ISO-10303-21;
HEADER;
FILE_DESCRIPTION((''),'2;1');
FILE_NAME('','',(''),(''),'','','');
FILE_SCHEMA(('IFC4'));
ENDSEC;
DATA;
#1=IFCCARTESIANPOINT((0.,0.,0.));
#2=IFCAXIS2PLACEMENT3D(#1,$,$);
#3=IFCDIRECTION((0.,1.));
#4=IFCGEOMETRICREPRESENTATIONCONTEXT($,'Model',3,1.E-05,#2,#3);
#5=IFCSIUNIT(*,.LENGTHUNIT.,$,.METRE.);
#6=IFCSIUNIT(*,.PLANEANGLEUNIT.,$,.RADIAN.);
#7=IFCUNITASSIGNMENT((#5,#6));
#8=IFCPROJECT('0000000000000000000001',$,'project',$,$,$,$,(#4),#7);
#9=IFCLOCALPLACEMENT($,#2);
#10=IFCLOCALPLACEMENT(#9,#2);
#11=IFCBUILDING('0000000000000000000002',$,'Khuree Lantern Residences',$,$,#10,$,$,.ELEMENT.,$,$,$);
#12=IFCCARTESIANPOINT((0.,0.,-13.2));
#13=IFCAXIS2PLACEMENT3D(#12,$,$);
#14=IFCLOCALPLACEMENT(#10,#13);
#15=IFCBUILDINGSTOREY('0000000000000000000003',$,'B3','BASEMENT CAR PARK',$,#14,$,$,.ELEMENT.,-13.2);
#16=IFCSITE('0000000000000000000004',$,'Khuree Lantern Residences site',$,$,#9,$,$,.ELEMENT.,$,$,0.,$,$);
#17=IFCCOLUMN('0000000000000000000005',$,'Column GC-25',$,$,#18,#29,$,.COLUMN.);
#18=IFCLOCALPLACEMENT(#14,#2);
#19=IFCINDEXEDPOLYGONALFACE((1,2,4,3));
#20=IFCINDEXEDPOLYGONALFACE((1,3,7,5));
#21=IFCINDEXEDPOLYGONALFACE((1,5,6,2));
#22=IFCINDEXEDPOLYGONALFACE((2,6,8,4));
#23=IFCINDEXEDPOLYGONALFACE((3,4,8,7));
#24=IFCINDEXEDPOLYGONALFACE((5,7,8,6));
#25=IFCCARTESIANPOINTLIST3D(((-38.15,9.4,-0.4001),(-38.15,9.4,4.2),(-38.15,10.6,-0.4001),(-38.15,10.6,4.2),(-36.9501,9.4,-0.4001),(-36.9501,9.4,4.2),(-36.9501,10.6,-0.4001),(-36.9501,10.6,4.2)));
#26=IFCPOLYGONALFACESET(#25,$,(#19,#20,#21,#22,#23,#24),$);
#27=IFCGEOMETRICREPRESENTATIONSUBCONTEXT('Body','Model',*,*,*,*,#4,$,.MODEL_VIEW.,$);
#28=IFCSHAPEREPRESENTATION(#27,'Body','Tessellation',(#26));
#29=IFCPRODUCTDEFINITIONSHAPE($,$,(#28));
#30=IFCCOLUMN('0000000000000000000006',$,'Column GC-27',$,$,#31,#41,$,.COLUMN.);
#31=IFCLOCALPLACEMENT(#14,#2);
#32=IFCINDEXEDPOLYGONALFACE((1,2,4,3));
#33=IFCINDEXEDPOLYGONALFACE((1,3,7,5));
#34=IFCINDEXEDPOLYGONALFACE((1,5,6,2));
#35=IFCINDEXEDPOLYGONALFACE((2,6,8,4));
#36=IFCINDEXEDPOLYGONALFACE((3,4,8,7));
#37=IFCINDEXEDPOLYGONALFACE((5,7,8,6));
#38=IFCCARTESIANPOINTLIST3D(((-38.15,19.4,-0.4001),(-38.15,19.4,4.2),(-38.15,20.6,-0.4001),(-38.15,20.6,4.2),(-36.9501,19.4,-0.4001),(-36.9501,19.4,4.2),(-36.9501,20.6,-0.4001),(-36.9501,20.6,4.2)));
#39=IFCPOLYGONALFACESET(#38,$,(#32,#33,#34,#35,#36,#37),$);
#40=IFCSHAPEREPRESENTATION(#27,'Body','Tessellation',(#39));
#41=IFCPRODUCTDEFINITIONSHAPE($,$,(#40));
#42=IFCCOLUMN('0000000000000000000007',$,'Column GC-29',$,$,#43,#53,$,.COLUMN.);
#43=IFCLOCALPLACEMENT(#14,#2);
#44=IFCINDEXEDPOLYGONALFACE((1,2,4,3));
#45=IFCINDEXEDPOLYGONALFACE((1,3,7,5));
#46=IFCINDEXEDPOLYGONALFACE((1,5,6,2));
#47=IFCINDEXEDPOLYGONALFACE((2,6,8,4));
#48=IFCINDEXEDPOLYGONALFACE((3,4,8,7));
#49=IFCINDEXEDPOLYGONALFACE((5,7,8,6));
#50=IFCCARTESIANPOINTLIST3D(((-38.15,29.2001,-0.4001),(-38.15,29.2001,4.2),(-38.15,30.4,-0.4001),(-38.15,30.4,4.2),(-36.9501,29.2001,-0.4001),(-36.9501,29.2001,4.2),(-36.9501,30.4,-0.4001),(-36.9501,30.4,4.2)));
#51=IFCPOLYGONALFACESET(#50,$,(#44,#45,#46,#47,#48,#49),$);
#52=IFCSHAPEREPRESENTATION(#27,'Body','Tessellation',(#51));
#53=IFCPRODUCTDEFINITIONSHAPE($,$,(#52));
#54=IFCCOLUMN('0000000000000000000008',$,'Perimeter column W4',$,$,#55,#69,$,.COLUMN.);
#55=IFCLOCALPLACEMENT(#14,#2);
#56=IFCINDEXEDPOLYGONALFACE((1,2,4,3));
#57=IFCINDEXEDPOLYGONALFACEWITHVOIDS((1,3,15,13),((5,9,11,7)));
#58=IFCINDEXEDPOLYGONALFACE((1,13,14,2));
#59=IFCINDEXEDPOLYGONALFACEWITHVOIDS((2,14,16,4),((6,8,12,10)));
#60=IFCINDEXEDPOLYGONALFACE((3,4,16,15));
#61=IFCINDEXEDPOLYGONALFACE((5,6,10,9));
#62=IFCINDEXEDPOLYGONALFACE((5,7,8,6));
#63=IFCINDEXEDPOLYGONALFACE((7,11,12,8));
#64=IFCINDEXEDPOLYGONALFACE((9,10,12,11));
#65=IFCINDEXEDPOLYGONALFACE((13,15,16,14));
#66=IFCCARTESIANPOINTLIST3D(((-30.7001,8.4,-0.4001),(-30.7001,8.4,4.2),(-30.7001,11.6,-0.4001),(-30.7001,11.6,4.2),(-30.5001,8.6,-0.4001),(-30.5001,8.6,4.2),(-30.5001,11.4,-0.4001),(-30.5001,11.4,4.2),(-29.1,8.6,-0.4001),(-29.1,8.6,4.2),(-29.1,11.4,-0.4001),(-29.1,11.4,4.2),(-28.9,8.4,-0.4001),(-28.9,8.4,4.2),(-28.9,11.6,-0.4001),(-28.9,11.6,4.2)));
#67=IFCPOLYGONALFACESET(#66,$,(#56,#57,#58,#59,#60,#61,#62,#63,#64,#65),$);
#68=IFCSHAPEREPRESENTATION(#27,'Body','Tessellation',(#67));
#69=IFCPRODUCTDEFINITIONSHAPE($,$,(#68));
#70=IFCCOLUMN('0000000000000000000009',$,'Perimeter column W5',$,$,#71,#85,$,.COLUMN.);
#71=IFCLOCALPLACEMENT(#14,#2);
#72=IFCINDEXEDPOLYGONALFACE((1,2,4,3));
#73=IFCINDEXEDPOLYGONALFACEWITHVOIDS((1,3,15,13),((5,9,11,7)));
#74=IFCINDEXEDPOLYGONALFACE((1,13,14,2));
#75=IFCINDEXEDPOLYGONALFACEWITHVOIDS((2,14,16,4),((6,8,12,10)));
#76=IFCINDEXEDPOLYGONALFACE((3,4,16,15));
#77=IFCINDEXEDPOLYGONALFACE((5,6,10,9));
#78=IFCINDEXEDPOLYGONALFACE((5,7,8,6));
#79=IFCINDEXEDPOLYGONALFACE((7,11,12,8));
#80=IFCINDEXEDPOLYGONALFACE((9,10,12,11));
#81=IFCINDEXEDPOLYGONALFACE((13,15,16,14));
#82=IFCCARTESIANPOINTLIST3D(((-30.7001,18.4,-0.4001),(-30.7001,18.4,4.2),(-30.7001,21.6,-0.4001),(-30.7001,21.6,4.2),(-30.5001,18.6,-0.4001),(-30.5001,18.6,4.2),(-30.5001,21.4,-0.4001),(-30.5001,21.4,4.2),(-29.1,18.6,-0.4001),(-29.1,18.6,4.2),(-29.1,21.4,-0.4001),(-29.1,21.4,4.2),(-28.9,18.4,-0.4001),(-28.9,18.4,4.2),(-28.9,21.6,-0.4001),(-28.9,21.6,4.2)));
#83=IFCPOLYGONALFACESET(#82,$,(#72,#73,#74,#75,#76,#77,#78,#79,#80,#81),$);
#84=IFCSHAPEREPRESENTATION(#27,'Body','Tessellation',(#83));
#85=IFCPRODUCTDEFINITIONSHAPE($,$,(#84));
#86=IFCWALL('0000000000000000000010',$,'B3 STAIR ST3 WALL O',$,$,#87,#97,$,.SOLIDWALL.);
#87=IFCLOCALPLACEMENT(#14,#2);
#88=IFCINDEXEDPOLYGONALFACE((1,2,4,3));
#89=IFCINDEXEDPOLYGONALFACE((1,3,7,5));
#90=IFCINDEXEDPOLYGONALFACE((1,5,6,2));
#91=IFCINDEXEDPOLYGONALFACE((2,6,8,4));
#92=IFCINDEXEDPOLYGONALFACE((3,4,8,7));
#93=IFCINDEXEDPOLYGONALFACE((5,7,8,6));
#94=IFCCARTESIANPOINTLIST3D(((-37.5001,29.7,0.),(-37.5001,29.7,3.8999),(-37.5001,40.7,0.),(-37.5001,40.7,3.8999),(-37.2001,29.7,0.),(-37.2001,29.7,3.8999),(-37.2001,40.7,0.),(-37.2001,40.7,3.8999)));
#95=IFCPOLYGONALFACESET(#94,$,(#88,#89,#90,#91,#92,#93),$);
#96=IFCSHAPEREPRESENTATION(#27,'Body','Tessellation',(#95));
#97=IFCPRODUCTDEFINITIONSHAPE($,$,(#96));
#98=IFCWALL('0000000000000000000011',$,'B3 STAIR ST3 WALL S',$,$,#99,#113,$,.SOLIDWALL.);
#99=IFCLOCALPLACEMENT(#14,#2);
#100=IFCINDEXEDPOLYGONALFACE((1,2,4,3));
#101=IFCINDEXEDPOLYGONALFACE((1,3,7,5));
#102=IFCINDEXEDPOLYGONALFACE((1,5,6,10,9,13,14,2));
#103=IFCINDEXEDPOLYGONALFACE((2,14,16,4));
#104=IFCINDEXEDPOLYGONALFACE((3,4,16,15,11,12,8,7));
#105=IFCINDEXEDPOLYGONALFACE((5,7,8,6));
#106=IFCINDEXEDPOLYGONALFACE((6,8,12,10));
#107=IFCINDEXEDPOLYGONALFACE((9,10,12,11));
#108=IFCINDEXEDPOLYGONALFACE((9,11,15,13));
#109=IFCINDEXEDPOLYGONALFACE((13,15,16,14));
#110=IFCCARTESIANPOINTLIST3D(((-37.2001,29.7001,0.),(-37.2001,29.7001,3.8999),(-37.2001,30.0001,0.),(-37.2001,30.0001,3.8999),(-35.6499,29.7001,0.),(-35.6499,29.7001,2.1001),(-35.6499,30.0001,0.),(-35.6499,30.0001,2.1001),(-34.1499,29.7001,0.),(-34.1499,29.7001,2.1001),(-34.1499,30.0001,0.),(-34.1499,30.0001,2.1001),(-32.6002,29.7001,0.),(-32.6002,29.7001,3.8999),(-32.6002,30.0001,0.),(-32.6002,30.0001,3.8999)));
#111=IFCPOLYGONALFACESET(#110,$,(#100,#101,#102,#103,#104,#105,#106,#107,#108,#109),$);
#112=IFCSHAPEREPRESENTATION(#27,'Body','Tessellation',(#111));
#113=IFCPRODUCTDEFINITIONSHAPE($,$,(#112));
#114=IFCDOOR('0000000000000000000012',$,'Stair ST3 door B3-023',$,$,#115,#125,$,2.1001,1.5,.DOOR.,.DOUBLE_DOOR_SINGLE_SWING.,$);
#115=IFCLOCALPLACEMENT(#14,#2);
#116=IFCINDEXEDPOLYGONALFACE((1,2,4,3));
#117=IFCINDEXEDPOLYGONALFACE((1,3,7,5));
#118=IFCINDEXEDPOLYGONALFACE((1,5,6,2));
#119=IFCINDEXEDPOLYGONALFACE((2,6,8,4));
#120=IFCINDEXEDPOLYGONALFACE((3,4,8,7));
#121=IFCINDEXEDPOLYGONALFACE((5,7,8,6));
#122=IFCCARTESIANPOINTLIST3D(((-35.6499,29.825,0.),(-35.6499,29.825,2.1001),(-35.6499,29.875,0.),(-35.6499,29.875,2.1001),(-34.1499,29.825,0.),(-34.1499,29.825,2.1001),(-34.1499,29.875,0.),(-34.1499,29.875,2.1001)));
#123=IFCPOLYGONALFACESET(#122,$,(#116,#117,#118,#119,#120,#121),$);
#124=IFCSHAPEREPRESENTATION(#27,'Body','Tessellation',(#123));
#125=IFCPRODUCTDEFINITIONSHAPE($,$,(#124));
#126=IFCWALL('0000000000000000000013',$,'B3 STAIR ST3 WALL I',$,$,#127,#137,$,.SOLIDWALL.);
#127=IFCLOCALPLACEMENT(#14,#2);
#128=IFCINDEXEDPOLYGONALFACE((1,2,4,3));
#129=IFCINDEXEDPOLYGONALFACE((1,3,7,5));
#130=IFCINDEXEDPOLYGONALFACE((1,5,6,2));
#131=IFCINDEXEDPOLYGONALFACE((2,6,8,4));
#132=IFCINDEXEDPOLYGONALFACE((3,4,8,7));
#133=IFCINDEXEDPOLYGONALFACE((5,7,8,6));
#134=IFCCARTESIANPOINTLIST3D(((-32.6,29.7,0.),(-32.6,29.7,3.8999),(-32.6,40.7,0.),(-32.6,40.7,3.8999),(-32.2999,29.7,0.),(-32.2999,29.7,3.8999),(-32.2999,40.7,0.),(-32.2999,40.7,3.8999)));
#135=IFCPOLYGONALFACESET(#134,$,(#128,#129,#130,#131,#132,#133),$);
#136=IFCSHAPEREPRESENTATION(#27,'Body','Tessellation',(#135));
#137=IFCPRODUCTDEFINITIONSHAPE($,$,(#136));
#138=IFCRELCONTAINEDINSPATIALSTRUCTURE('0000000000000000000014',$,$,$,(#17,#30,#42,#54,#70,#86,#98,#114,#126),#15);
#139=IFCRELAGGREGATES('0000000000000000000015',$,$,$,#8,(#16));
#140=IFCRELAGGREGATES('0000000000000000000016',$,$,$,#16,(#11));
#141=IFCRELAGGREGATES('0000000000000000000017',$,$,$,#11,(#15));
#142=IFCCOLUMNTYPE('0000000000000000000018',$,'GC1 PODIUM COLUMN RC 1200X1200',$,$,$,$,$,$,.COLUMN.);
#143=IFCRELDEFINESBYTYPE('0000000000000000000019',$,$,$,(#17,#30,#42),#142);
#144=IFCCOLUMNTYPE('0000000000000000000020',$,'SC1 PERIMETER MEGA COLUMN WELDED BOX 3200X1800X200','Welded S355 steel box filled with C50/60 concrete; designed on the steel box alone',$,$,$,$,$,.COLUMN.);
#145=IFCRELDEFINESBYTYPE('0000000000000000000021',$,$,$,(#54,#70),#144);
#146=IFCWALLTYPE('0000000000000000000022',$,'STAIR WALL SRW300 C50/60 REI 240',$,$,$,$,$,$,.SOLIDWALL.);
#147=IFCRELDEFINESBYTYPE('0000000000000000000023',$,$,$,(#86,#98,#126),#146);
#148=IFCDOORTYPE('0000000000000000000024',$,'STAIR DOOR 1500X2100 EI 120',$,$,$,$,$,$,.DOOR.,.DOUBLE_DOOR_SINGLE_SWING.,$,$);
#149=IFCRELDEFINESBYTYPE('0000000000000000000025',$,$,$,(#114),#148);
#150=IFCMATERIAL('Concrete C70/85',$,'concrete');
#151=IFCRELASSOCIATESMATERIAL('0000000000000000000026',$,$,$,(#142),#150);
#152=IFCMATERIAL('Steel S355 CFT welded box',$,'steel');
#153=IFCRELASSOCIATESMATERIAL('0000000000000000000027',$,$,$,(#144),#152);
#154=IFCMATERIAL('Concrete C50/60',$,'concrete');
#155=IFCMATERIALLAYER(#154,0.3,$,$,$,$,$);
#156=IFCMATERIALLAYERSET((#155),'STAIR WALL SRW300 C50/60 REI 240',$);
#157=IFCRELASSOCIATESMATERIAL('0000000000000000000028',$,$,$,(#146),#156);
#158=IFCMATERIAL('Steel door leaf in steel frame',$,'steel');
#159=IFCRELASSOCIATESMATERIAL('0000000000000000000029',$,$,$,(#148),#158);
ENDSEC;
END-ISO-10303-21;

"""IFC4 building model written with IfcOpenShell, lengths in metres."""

from ifc_helpers import new_model, si_unit, direction, frame, frame_2d, origin, origin_2d, place, context, subcontext, project, spatial, rectangle, hollow_rectangle, extrude, material, layer, layer_set, material_profile, profile_set, type_object, element, fill, save


model = new_model("IFC4")

# Units and contexts
model_context = context("Model", 3, precision=1e-05, world=origin(), true_north=direction((0.0, 1.0)))
body_context = subcontext(model_context, "Body", "Model", "MODEL_VIEW")
ifc_project = project(units=[si_unit("LENGTHUNIT", "METRE"), si_unit("PLANEANGLEUNIT", "RADIAN")], contexts=[model_context])

# Site, building, storey
site_placement = place(None, origin())
site = spatial("IfcSite", under=ifc_project, at=site_placement, Name="Khuree Lantern Residences site", CompositionType="ELEMENT", RefElevation=0.0)
building_placement = place(site_placement, origin())
building = spatial("IfcBuilding", under=site, at=building_placement, Name="Khuree Lantern Residences", CompositionType="ELEMENT")
storey_placement = place(building_placement, frame((0.0, 0.0, -13.2)))
storey = spatial("IfcBuildingStorey", under=building, at=storey_placement, Name="B3", Description="BASEMENT CAR PARK", CompositionType="ELEMENT", Elevation=-13.2)

# Columns
ifc_material_1 = material(Name="Steel S355 CFT welded box", Category="steel")
ifc_material_2 = material(Name="Concrete C70/85", Category="concrete")
ifc_material_profile_1 = material_profile(ifc_material_2, rectangle(XDim=1.2, YDim=1.2, at=origin_2d()), Name="RC 1200X1200")
ifc_profile_set_1 = profile_set([ifc_material_profile_1], Name="Concrete C70/85")
column_type_1 = type_object("IfcColumnType", Name="GC1 PODIUM COLUMN RC 1200X1200", PredefinedType="COLUMN", material=ifc_profile_set_1)
for number, where, z_axis, x_axis, name in (
    (1, (-37.55, 10.0, -0.4001), (0.0, 0.0, 1.0), (1.0, 0.0, 0.0), "Column GC-25"),
    (2, (-37.55, 20.0, -0.4001), (0.0, 0.0, 1.0), (1.0, 0.0, 0.0), "Column GC-27"),
    (3, (-37.55, 29.8, -0.4001), (0.0, 0.0, 1.0), (1.0, 0.0, 0.0), "Column GC-29"),
):
    element("IfcColumn", number, at=place(storey_placement, frame(where, z_axis=z_axis, x_axis=x_axis)), inside=storey, type_object=column_type_1, Name=name, PredefinedType="COLUMN", context=body_context, shape_type="SweptSolid", body=[
        extrude(rectangle(XDim=1.2, YDim=1.2, at=origin_2d()), origin(), (0.0, 0.0, 1.0), 4.6001),
    ])
ifc_material_profile_2 = material_profile(ifc_material_1, hollow_rectangle(XDim=3.2, YDim=1.8, WallThickness=0.2, at=origin_2d()), Name="WELDED BOX 3200X1800X200")
ifc_profile_set_2 = profile_set([ifc_material_profile_2], Name="Steel S355 CFT welded box")
column_type_2 = type_object("IfcColumnType", Name="SC1 PERIMETER MEGA COLUMN WELDED BOX 3200X1800X200", Description="Welded S355 steel box filled with C50/60 concrete; designed on the steel box alone", PredefinedType="COLUMN", material=ifc_profile_set_2)
for number, where, z_axis, x_axis, name in (
    (4, (-29.8, 10.0, -0.4001), (0.0, 0.0, 1.0), (0.0, 1.0, 0.0), "Perimeter column W4"),
    (5, (-29.8, 20.0, -0.4001), (0.0, 0.0, 1.0), (0.0, 1.0, 0.0), "Perimeter column W5"),
):
    element("IfcColumn", number, at=place(storey_placement, frame(where, z_axis=z_axis, x_axis=x_axis)), inside=storey, type_object=column_type_2, Name=name, PredefinedType="COLUMN", context=body_context, shape_type="SweptSolid", body=[
        extrude(hollow_rectangle(XDim=3.2, YDim=1.8, WallThickness=0.2, at=origin_2d()), origin(), (0.0, 0.0, 1.0), 4.6001),
    ])

# Wall
ifc_material_3 = material(Name="Concrete C50/60", Category="concrete")
ifc_layer_1 = layer(ifc_material_3, 0.3)
ifc_layer_set_1 = layer_set([ifc_layer_1], Name="STAIR WALL SRW300 C50/60 REI 240")
wall_type = type_object("IfcWallType", Name="STAIR WALL SRW300 C50/60 REI 240", PredefinedType="SOLIDWALL", material=ifc_layer_set_1)
wall_1_placement = place(storey_placement, frame((-37.3501, 29.7, 0.0), z_axis=(0.0, 0.0, 1.0), x_axis=(0.0, 1.0, 0.0)))
element("IfcWall", 6, at=wall_1_placement, inside=storey, type_object=wall_type, Name="B3 STAIR ST3 WALL O", PredefinedType="SOLIDWALL", context=body_context, shape_type="SweptSolid", body=[
    extrude(rectangle(XDim=11.0, YDim=0.3, at=frame_2d((5.5, 0.0))), origin(), (0.0, 0.0, 1.0), 3.8999),
])

# Wall, opening, door
wall_2_placement = place(storey_placement, frame((-37.2, 29.8501, 0.0), z_axis=(0.0, 0.0, 1.0), x_axis=(1.0, 0.0, 0.0)))
wall_2 = element("IfcWall", 7, at=wall_2_placement, inside=storey, type_object=wall_type, Name="B3 STAIR ST3 WALL S", PredefinedType="SOLIDWALL", context=body_context, shape_type="SweptSolid", body=[
    extrude(rectangle(XDim=4.5999, YDim=0.3, at=frame_2d((2.2998, 0.0))), origin(), (0.0, 0.0, 1.0), 3.8999),
])
opening_placement = place(wall_2_placement, frame((1.55, 0.0, 0.0)))
opening = element("IfcOpeningElement", 8, at=opening_placement, cuts=wall_2, PredefinedType="OPENING", context=body_context, shape_type="SweptSolid", body=[
    extrude(rectangle(XDim=1.5, YDim=2.1001, at=frame_2d((0.75, 1.05))), frame((0.0, 0.1602, 0.0), z_axis=(0.0, -1.0, 0.0), x_axis=(1.0, 0.0, 0.0)), (0.0, 0.0, 1.0), 0.3201),
])
ifc_material_4 = material(Name="Steel door leaf in steel frame", Category="steel")
door_type = type_object("IfcDoorType", Name="STAIR DOOR 1500X2100 EI 120", OperationType="DOUBLE_DOOR_SINGLE_SWING", PredefinedType="DOOR", material=ifc_material_4)
door_placement = place(opening_placement, origin())
door = element("IfcDoor", 9, at=door_placement, inside=storey, type_object=door_type, Name="Stair ST3 door B3-023", OperationType="DOUBLE_DOOR_SINGLE_SWING", OverallHeight=2.1001, OverallWidth=1.5, PredefinedType="DOOR", context=body_context, shape_type="SweptSolid", body=[
    extrude(rectangle(XDim=1.5, YDim=2.1001, at=frame_2d((0.75, 1.05))), frame((0.0, 0.0249, 0.0), z_axis=(0.0, -1.0, 0.0), x_axis=(1.0, 0.0, 0.0)), (0.0, 0.0, 1.0), 0.05),
])
fill(opening, door)

# Wall
wall_3_placement = place(storey_placement, frame((-32.45, 29.7, 0.0), z_axis=(0.0, 0.0, 1.0), x_axis=(0.0, 1.0, 0.0)))
element("IfcWall", 10, at=wall_3_placement, inside=storey, type_object=wall_type, Name="B3 STAIR ST3 WALL I", PredefinedType="SOLIDWALL", context=body_context, shape_type="SweptSolid", body=[
    extrude(rectangle(XDim=11.0, YDim=0.3, at=frame_2d((5.5, 0.0))), origin(), (0.0, 0.0, 1.0), 3.8999),
])

save(model, "model.ifc")
